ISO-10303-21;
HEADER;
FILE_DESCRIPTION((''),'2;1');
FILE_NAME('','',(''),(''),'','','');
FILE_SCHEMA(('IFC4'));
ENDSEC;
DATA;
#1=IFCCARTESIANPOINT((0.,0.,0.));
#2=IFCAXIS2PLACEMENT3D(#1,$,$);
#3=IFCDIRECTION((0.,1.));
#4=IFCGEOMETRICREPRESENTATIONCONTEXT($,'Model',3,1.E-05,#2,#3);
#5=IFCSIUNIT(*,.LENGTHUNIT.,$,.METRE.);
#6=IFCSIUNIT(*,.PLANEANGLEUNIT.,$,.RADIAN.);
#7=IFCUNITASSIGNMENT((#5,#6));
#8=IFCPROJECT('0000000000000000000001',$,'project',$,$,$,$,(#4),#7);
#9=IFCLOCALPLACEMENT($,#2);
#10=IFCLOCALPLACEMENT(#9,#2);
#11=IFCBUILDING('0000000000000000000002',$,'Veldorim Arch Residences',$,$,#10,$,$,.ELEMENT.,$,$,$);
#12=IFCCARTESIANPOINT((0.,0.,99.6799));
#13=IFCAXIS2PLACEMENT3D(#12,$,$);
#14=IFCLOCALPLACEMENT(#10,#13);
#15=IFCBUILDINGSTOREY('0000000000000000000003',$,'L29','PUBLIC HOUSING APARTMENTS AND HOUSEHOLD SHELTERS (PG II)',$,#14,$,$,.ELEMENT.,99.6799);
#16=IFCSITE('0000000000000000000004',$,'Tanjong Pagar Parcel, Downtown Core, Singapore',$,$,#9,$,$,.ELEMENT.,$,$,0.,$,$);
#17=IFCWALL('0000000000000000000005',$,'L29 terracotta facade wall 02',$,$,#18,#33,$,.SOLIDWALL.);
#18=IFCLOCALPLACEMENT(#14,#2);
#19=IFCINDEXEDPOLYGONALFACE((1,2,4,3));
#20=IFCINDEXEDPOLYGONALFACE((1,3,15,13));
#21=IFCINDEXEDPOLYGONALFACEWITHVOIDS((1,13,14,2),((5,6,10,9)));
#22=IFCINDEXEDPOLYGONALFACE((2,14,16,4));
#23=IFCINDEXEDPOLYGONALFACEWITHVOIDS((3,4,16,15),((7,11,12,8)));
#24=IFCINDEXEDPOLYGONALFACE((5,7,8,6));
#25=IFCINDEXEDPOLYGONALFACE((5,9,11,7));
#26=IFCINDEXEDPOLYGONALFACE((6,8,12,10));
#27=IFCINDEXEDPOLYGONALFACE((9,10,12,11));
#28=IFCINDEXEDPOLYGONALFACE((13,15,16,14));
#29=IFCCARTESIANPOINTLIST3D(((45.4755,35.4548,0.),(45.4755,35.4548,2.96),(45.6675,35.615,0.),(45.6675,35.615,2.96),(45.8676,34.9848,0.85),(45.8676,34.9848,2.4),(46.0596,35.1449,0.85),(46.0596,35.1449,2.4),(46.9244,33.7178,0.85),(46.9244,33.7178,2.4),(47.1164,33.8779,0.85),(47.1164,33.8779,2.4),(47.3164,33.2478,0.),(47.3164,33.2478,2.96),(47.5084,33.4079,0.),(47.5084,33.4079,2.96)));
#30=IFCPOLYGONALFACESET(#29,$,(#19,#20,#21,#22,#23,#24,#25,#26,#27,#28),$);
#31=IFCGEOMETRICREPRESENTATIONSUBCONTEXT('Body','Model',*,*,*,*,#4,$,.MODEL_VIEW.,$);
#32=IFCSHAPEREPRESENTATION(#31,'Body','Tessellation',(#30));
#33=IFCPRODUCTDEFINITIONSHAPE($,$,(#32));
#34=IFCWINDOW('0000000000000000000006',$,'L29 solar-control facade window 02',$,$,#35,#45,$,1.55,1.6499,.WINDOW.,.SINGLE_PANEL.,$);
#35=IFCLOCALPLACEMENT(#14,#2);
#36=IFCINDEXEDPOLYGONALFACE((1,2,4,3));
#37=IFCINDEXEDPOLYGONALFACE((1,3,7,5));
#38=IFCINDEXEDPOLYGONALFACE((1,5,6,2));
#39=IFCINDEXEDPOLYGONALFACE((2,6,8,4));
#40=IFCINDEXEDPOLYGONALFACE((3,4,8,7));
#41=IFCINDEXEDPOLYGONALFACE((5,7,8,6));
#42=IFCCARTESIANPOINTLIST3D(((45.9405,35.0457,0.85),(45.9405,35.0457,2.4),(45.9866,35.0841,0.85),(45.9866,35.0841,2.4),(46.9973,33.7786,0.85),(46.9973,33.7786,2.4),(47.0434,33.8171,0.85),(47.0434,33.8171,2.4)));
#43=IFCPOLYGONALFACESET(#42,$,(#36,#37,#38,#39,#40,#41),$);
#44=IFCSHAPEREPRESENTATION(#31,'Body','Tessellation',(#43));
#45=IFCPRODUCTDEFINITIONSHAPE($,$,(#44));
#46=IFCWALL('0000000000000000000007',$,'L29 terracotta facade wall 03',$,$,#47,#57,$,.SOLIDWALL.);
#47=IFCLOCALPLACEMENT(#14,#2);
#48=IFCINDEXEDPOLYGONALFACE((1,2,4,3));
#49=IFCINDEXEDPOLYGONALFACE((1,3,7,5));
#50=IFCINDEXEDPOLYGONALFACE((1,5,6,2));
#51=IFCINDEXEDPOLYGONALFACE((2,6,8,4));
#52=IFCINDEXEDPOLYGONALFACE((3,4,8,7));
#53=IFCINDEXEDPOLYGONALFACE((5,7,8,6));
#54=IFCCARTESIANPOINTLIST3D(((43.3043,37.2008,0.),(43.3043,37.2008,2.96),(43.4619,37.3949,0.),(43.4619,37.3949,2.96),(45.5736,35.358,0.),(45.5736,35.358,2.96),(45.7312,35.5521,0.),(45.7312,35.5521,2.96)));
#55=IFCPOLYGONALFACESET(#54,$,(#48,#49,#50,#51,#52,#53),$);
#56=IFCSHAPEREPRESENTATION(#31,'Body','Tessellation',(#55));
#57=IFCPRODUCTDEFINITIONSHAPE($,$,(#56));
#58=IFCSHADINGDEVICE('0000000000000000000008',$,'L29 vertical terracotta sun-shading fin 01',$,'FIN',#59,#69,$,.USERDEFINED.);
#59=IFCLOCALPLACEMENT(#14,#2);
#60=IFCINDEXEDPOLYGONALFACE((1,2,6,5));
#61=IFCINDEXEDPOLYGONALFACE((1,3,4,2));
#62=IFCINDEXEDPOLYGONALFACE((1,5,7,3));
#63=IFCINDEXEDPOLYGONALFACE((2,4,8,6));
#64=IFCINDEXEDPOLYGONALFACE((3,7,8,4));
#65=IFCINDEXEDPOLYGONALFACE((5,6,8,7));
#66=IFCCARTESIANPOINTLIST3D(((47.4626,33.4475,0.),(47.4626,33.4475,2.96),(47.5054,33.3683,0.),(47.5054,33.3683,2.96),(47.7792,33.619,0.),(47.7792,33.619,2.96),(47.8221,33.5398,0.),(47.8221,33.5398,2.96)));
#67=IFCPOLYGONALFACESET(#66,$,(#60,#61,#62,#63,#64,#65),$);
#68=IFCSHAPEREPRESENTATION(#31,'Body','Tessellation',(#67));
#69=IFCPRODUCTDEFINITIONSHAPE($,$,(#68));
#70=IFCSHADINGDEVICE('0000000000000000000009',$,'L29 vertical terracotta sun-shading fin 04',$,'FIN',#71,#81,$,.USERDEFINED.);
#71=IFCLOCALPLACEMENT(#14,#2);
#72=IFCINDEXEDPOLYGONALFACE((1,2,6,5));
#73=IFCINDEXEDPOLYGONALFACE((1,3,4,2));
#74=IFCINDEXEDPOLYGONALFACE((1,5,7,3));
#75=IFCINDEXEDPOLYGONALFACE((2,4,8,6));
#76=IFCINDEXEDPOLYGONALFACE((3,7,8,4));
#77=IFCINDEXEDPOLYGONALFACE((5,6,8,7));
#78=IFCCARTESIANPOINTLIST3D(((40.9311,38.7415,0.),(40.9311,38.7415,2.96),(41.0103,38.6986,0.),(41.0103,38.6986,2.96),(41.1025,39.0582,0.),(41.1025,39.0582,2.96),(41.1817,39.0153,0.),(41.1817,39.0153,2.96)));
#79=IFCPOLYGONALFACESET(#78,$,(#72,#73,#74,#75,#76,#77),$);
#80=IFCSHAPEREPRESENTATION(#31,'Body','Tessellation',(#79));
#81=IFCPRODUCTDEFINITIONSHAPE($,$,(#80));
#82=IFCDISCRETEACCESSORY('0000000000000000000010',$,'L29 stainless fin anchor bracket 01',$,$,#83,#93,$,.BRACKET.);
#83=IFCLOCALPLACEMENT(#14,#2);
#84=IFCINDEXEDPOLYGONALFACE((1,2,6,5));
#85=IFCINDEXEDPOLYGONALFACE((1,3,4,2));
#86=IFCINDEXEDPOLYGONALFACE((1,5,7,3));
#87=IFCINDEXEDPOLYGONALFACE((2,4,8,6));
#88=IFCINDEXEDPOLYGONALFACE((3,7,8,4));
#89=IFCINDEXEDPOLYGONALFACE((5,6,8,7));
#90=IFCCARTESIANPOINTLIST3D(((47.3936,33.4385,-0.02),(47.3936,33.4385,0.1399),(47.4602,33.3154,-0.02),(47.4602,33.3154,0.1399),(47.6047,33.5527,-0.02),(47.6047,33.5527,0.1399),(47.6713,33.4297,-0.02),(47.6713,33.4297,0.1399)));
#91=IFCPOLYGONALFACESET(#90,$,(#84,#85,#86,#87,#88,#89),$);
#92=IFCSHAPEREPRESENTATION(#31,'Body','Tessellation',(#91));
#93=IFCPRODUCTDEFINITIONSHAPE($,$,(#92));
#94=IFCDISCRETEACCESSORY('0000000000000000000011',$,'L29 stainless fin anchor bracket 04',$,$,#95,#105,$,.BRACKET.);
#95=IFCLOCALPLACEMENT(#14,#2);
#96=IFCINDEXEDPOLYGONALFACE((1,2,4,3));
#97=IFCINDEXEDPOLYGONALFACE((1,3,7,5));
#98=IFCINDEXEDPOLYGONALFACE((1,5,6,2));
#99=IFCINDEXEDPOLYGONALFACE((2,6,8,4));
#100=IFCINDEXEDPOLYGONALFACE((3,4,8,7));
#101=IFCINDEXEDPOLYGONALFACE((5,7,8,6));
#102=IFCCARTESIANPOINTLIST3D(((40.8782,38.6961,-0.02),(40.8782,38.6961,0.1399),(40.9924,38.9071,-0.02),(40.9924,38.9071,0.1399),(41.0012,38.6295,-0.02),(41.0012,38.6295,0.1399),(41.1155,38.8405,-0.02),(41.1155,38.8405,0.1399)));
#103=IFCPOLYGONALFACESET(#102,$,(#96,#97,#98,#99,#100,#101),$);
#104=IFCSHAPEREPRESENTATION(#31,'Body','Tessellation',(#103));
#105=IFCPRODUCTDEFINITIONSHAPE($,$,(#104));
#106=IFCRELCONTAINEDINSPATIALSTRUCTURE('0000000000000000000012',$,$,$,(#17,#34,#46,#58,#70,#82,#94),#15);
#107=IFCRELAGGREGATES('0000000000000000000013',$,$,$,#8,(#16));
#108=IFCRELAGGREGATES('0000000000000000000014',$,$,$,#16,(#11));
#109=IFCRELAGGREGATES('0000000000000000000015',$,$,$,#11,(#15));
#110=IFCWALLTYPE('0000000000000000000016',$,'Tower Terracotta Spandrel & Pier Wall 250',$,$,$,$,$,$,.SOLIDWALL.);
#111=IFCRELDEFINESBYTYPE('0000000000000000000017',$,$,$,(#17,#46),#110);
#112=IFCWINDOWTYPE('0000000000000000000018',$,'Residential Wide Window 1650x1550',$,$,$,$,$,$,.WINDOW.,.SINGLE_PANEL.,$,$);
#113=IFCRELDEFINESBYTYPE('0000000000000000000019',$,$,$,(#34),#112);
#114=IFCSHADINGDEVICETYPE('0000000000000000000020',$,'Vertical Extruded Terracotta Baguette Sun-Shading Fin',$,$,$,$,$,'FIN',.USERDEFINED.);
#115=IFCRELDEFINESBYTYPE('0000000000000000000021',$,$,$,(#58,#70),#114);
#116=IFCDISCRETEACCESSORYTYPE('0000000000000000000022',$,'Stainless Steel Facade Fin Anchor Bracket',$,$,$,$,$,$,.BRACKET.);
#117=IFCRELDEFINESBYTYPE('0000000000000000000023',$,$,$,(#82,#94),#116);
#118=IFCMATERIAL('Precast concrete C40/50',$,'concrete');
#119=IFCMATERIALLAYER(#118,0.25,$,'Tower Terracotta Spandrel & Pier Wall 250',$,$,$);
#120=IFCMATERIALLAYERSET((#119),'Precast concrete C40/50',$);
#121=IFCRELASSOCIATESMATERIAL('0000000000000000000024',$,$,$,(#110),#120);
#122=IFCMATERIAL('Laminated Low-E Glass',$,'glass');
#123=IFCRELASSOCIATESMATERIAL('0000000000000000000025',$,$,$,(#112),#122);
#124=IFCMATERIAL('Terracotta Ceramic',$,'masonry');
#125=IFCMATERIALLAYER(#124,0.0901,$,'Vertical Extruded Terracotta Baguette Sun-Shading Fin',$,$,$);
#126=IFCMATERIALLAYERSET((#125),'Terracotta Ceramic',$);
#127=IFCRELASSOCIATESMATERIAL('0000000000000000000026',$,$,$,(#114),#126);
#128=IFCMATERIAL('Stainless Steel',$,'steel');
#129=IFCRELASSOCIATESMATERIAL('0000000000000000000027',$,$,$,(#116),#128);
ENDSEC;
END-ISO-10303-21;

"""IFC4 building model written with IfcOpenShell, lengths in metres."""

from ifc_helpers import new_model, si_unit, direction, frame, frame_2d, origin, origin_2d, place, context, subcontext, project, spatial, rectangle, extrude, material, layer, layer_set, type_object, element, fill, save


model = new_model("IFC4")

# Units and contexts
model_context = context("Model", 3, precision=1e-05, world=origin(), true_north=direction((0.0, 1.0)))
body_context = subcontext(model_context, "Body", "Model", "MODEL_VIEW")
ifc_project = project(units=[si_unit("LENGTHUNIT", "METRE"), si_unit("PLANEANGLEUNIT", "RADIAN")], contexts=[model_context])

# Site, building, storey
site_placement = place(None, origin())
site = spatial("IfcSite", under=ifc_project, at=site_placement, Name="Tanjong Pagar Parcel, Downtown Core, Singapore", CompositionType="ELEMENT", RefElevation=0.0)
building_placement = place(site_placement, origin())
building = spatial("IfcBuilding", under=site, at=building_placement, Name="Veldorim Arch Residences", CompositionType="ELEMENT")
storey_placement = place(building_placement, frame((0.0, 0.0, 99.6799)))
storey = spatial("IfcBuildingStorey", under=building, at=storey_placement, Name="L29", Description="PUBLIC HOUSING APARTMENTS AND HOUSEHOLD SHELTERS (PG II)", CompositionType="ELEMENT", Elevation=99.6799)

# Wall, opening, window
ifc_material_1 = material(Name="Precast concrete C40/50", Category="concrete")
ifc_layer_1 = layer(ifc_material_1, 0.25, Name="Tower Terracotta Spandrel & Pier Wall 250")
ifc_layer_set_1 = layer_set([ifc_layer_1], Name="Precast concrete C40/50")
wall_type_1 = type_object("IfcWallType", Name="Tower Terracotta Spandrel & Pier Wall 250", PredefinedType="SOLIDWALL", material=ifc_layer_set_1)
wall_1_placement = place(storey_placement, frame((45.5715, 35.5349, 0.0), z_axis=(0.0, 0.0, 1.0), x_axis=(0.640519, -0.767943, 0.0)))
wall_1 = element("IfcWall", 1, at=wall_1_placement, inside=storey, type_object=wall_type_1, Name="L29 terracotta facade wall 02", PredefinedType="SOLIDWALL", context=body_context, shape_type="SweptSolid", body=[
    extrude(rectangle(XDim=2.874, YDim=0.25, at=frame_2d((1.437, 0.0))), origin(), (0.0, 0.0, 1.0), 2.96),
])
opening_placement = place(wall_1_placement, frame((0.6121, 0.0, 0.8501)))
opening = element("IfcOpeningElement", 2, at=opening_placement, cuts=wall_1, PredefinedType="OPENING", context=body_context, shape_type="SweptSolid", body=[
    extrude(rectangle(XDim=1.6499, YDim=1.55, at=frame_2d((0.825, 0.7749))), frame((0.0, 0.135, 0.0), z_axis=(0.0, -1.0, 0.0), x_axis=(1.0, 0.0, 0.0)), (0.0, 0.0, 1.0), 0.27),
])
ifc_material_2 = material(Name="Laminated Low-E Glass", Category="glass")
window_type = type_object("IfcWindowType", Name="Residential Wide Window 1650x1550", PartitioningType="SINGLE_PANEL", PredefinedType="WINDOW", material=ifc_material_2)
window_placement = place(opening_placement, origin())
window = element("IfcWindow", 3, at=window_placement, inside=storey, type_object=window_type, Name="L29 solar-control facade window 02", OverallHeight=1.55, OverallWidth=1.6499, PartitioningType="SINGLE_PANEL", PredefinedType="WINDOW", context=body_context, shape_type="SweptSolid", body=[
    extrude(rectangle(XDim=1.6499, YDim=1.55, at=frame_2d((0.825, 0.7749))), frame((0.0, 0.03, 0.0), z_axis=(0.0, -1.0, 0.0), x_axis=(1.0, 0.0, 0.0)), (0.0, 0.0, 1.0), 0.0601),
])
fill(opening, window)

# Wall
wall_2_placement = place(storey_placement, frame((43.3831, 37.2979, 0.0), z_axis=(0.0, 0.0, 1.0), x_axis=(0.776285, -0.630382, 0.0)))
element("IfcWall", 4, at=wall_2_placement, inside=storey, type_object=wall_type_1, Name="L29 terracotta facade wall 03", PredefinedType="SOLIDWALL", context=body_context, shape_type="SweptSolid", body=[
    extrude(rectangle(XDim=2.9233, YDim=0.25, at=frame_2d((1.4617, 0.0))), origin(), (0.0, 0.0, 1.0), 2.96),
])

# Shading devices
ifc_material_3 = material(Name="Terracotta Ceramic", Category="masonry")
ifc_layer_2 = layer(ifc_material_3, 0.0901, Name="Vertical Extruded Terracotta Baguette Sun-Shading Fin")
ifc_layer_set_2 = layer_set([ifc_layer_2], Name="Terracotta Ceramic")
shading_device_type = type_object("IfcShadingDeviceType", Name="Vertical Extruded Terracotta Baguette Sun-Shading Fin", ElementType="FIN", PredefinedType="USERDEFINED", material=ifc_layer_set_2)
for number, where, z_axis, x_axis, name in (
    (5, (47.6423, 33.4937, 0.0), (0.0, 0.0, 1.0), (0.476085, -0.879399, 0.0), "L29 vertical terracotta sun-shading fin 01"),
    (6, (41.0564, 38.8784, 0.0), (0.0, 0.0, 1.0), (0.879399, -0.476085, 0.0), "L29 vertical terracotta sun-shading fin 04"),
):
    element("IfcShadingDevice", number, at=place(storey_placement, frame(where, z_axis=z_axis, x_axis=x_axis)), inside=storey, type_object=shading_device_type, Name=name, ObjectType="FIN", PredefinedType="USERDEFINED", context=body_context, shape_type="SweptSolid", body=[
        extrude(rectangle(XDim=0.0901, YDim=0.3601, at=origin_2d()), origin(), (0.0, 0.0, 1.0), 2.96),
    ])

# Discrete accessories
ifc_material_4 = material(Name="Stainless Steel", Category="steel")
discrete_accessory_type = type_object("IfcDiscreteAccessoryType", Name="Stainless Steel Facade Fin Anchor Bracket", PredefinedType="BRACKET", material=ifc_material_4)
for number, where, z_axis, x_axis, name in (
    (7, (47.5325, 33.4341, -0.02), (0.0, 0.0, 1.0), (0.476085, -0.879399, 0.0), "L29 stainless fin anchor bracket 01"),
    (8, (40.9968, 38.7683, -0.02), (0.0, 0.0, 1.0), (0.879399, -0.476085, 0.0), "L29 stainless fin anchor bracket 04"),
):
    element("IfcDiscreteAccessory", number, at=place(storey_placement, frame(where, z_axis=z_axis, x_axis=x_axis)), inside=storey, type_object=discrete_accessory_type, Name=name, PredefinedType="BRACKET", context=body_context, shape_type="SweptSolid", body=[
        extrude(rectangle(XDim=0.1399, YDim=0.24, at=origin_2d()), origin(), (0.0, 0.0, 1.0), 0.1599),
    ])

save(model, "model.ifc")
